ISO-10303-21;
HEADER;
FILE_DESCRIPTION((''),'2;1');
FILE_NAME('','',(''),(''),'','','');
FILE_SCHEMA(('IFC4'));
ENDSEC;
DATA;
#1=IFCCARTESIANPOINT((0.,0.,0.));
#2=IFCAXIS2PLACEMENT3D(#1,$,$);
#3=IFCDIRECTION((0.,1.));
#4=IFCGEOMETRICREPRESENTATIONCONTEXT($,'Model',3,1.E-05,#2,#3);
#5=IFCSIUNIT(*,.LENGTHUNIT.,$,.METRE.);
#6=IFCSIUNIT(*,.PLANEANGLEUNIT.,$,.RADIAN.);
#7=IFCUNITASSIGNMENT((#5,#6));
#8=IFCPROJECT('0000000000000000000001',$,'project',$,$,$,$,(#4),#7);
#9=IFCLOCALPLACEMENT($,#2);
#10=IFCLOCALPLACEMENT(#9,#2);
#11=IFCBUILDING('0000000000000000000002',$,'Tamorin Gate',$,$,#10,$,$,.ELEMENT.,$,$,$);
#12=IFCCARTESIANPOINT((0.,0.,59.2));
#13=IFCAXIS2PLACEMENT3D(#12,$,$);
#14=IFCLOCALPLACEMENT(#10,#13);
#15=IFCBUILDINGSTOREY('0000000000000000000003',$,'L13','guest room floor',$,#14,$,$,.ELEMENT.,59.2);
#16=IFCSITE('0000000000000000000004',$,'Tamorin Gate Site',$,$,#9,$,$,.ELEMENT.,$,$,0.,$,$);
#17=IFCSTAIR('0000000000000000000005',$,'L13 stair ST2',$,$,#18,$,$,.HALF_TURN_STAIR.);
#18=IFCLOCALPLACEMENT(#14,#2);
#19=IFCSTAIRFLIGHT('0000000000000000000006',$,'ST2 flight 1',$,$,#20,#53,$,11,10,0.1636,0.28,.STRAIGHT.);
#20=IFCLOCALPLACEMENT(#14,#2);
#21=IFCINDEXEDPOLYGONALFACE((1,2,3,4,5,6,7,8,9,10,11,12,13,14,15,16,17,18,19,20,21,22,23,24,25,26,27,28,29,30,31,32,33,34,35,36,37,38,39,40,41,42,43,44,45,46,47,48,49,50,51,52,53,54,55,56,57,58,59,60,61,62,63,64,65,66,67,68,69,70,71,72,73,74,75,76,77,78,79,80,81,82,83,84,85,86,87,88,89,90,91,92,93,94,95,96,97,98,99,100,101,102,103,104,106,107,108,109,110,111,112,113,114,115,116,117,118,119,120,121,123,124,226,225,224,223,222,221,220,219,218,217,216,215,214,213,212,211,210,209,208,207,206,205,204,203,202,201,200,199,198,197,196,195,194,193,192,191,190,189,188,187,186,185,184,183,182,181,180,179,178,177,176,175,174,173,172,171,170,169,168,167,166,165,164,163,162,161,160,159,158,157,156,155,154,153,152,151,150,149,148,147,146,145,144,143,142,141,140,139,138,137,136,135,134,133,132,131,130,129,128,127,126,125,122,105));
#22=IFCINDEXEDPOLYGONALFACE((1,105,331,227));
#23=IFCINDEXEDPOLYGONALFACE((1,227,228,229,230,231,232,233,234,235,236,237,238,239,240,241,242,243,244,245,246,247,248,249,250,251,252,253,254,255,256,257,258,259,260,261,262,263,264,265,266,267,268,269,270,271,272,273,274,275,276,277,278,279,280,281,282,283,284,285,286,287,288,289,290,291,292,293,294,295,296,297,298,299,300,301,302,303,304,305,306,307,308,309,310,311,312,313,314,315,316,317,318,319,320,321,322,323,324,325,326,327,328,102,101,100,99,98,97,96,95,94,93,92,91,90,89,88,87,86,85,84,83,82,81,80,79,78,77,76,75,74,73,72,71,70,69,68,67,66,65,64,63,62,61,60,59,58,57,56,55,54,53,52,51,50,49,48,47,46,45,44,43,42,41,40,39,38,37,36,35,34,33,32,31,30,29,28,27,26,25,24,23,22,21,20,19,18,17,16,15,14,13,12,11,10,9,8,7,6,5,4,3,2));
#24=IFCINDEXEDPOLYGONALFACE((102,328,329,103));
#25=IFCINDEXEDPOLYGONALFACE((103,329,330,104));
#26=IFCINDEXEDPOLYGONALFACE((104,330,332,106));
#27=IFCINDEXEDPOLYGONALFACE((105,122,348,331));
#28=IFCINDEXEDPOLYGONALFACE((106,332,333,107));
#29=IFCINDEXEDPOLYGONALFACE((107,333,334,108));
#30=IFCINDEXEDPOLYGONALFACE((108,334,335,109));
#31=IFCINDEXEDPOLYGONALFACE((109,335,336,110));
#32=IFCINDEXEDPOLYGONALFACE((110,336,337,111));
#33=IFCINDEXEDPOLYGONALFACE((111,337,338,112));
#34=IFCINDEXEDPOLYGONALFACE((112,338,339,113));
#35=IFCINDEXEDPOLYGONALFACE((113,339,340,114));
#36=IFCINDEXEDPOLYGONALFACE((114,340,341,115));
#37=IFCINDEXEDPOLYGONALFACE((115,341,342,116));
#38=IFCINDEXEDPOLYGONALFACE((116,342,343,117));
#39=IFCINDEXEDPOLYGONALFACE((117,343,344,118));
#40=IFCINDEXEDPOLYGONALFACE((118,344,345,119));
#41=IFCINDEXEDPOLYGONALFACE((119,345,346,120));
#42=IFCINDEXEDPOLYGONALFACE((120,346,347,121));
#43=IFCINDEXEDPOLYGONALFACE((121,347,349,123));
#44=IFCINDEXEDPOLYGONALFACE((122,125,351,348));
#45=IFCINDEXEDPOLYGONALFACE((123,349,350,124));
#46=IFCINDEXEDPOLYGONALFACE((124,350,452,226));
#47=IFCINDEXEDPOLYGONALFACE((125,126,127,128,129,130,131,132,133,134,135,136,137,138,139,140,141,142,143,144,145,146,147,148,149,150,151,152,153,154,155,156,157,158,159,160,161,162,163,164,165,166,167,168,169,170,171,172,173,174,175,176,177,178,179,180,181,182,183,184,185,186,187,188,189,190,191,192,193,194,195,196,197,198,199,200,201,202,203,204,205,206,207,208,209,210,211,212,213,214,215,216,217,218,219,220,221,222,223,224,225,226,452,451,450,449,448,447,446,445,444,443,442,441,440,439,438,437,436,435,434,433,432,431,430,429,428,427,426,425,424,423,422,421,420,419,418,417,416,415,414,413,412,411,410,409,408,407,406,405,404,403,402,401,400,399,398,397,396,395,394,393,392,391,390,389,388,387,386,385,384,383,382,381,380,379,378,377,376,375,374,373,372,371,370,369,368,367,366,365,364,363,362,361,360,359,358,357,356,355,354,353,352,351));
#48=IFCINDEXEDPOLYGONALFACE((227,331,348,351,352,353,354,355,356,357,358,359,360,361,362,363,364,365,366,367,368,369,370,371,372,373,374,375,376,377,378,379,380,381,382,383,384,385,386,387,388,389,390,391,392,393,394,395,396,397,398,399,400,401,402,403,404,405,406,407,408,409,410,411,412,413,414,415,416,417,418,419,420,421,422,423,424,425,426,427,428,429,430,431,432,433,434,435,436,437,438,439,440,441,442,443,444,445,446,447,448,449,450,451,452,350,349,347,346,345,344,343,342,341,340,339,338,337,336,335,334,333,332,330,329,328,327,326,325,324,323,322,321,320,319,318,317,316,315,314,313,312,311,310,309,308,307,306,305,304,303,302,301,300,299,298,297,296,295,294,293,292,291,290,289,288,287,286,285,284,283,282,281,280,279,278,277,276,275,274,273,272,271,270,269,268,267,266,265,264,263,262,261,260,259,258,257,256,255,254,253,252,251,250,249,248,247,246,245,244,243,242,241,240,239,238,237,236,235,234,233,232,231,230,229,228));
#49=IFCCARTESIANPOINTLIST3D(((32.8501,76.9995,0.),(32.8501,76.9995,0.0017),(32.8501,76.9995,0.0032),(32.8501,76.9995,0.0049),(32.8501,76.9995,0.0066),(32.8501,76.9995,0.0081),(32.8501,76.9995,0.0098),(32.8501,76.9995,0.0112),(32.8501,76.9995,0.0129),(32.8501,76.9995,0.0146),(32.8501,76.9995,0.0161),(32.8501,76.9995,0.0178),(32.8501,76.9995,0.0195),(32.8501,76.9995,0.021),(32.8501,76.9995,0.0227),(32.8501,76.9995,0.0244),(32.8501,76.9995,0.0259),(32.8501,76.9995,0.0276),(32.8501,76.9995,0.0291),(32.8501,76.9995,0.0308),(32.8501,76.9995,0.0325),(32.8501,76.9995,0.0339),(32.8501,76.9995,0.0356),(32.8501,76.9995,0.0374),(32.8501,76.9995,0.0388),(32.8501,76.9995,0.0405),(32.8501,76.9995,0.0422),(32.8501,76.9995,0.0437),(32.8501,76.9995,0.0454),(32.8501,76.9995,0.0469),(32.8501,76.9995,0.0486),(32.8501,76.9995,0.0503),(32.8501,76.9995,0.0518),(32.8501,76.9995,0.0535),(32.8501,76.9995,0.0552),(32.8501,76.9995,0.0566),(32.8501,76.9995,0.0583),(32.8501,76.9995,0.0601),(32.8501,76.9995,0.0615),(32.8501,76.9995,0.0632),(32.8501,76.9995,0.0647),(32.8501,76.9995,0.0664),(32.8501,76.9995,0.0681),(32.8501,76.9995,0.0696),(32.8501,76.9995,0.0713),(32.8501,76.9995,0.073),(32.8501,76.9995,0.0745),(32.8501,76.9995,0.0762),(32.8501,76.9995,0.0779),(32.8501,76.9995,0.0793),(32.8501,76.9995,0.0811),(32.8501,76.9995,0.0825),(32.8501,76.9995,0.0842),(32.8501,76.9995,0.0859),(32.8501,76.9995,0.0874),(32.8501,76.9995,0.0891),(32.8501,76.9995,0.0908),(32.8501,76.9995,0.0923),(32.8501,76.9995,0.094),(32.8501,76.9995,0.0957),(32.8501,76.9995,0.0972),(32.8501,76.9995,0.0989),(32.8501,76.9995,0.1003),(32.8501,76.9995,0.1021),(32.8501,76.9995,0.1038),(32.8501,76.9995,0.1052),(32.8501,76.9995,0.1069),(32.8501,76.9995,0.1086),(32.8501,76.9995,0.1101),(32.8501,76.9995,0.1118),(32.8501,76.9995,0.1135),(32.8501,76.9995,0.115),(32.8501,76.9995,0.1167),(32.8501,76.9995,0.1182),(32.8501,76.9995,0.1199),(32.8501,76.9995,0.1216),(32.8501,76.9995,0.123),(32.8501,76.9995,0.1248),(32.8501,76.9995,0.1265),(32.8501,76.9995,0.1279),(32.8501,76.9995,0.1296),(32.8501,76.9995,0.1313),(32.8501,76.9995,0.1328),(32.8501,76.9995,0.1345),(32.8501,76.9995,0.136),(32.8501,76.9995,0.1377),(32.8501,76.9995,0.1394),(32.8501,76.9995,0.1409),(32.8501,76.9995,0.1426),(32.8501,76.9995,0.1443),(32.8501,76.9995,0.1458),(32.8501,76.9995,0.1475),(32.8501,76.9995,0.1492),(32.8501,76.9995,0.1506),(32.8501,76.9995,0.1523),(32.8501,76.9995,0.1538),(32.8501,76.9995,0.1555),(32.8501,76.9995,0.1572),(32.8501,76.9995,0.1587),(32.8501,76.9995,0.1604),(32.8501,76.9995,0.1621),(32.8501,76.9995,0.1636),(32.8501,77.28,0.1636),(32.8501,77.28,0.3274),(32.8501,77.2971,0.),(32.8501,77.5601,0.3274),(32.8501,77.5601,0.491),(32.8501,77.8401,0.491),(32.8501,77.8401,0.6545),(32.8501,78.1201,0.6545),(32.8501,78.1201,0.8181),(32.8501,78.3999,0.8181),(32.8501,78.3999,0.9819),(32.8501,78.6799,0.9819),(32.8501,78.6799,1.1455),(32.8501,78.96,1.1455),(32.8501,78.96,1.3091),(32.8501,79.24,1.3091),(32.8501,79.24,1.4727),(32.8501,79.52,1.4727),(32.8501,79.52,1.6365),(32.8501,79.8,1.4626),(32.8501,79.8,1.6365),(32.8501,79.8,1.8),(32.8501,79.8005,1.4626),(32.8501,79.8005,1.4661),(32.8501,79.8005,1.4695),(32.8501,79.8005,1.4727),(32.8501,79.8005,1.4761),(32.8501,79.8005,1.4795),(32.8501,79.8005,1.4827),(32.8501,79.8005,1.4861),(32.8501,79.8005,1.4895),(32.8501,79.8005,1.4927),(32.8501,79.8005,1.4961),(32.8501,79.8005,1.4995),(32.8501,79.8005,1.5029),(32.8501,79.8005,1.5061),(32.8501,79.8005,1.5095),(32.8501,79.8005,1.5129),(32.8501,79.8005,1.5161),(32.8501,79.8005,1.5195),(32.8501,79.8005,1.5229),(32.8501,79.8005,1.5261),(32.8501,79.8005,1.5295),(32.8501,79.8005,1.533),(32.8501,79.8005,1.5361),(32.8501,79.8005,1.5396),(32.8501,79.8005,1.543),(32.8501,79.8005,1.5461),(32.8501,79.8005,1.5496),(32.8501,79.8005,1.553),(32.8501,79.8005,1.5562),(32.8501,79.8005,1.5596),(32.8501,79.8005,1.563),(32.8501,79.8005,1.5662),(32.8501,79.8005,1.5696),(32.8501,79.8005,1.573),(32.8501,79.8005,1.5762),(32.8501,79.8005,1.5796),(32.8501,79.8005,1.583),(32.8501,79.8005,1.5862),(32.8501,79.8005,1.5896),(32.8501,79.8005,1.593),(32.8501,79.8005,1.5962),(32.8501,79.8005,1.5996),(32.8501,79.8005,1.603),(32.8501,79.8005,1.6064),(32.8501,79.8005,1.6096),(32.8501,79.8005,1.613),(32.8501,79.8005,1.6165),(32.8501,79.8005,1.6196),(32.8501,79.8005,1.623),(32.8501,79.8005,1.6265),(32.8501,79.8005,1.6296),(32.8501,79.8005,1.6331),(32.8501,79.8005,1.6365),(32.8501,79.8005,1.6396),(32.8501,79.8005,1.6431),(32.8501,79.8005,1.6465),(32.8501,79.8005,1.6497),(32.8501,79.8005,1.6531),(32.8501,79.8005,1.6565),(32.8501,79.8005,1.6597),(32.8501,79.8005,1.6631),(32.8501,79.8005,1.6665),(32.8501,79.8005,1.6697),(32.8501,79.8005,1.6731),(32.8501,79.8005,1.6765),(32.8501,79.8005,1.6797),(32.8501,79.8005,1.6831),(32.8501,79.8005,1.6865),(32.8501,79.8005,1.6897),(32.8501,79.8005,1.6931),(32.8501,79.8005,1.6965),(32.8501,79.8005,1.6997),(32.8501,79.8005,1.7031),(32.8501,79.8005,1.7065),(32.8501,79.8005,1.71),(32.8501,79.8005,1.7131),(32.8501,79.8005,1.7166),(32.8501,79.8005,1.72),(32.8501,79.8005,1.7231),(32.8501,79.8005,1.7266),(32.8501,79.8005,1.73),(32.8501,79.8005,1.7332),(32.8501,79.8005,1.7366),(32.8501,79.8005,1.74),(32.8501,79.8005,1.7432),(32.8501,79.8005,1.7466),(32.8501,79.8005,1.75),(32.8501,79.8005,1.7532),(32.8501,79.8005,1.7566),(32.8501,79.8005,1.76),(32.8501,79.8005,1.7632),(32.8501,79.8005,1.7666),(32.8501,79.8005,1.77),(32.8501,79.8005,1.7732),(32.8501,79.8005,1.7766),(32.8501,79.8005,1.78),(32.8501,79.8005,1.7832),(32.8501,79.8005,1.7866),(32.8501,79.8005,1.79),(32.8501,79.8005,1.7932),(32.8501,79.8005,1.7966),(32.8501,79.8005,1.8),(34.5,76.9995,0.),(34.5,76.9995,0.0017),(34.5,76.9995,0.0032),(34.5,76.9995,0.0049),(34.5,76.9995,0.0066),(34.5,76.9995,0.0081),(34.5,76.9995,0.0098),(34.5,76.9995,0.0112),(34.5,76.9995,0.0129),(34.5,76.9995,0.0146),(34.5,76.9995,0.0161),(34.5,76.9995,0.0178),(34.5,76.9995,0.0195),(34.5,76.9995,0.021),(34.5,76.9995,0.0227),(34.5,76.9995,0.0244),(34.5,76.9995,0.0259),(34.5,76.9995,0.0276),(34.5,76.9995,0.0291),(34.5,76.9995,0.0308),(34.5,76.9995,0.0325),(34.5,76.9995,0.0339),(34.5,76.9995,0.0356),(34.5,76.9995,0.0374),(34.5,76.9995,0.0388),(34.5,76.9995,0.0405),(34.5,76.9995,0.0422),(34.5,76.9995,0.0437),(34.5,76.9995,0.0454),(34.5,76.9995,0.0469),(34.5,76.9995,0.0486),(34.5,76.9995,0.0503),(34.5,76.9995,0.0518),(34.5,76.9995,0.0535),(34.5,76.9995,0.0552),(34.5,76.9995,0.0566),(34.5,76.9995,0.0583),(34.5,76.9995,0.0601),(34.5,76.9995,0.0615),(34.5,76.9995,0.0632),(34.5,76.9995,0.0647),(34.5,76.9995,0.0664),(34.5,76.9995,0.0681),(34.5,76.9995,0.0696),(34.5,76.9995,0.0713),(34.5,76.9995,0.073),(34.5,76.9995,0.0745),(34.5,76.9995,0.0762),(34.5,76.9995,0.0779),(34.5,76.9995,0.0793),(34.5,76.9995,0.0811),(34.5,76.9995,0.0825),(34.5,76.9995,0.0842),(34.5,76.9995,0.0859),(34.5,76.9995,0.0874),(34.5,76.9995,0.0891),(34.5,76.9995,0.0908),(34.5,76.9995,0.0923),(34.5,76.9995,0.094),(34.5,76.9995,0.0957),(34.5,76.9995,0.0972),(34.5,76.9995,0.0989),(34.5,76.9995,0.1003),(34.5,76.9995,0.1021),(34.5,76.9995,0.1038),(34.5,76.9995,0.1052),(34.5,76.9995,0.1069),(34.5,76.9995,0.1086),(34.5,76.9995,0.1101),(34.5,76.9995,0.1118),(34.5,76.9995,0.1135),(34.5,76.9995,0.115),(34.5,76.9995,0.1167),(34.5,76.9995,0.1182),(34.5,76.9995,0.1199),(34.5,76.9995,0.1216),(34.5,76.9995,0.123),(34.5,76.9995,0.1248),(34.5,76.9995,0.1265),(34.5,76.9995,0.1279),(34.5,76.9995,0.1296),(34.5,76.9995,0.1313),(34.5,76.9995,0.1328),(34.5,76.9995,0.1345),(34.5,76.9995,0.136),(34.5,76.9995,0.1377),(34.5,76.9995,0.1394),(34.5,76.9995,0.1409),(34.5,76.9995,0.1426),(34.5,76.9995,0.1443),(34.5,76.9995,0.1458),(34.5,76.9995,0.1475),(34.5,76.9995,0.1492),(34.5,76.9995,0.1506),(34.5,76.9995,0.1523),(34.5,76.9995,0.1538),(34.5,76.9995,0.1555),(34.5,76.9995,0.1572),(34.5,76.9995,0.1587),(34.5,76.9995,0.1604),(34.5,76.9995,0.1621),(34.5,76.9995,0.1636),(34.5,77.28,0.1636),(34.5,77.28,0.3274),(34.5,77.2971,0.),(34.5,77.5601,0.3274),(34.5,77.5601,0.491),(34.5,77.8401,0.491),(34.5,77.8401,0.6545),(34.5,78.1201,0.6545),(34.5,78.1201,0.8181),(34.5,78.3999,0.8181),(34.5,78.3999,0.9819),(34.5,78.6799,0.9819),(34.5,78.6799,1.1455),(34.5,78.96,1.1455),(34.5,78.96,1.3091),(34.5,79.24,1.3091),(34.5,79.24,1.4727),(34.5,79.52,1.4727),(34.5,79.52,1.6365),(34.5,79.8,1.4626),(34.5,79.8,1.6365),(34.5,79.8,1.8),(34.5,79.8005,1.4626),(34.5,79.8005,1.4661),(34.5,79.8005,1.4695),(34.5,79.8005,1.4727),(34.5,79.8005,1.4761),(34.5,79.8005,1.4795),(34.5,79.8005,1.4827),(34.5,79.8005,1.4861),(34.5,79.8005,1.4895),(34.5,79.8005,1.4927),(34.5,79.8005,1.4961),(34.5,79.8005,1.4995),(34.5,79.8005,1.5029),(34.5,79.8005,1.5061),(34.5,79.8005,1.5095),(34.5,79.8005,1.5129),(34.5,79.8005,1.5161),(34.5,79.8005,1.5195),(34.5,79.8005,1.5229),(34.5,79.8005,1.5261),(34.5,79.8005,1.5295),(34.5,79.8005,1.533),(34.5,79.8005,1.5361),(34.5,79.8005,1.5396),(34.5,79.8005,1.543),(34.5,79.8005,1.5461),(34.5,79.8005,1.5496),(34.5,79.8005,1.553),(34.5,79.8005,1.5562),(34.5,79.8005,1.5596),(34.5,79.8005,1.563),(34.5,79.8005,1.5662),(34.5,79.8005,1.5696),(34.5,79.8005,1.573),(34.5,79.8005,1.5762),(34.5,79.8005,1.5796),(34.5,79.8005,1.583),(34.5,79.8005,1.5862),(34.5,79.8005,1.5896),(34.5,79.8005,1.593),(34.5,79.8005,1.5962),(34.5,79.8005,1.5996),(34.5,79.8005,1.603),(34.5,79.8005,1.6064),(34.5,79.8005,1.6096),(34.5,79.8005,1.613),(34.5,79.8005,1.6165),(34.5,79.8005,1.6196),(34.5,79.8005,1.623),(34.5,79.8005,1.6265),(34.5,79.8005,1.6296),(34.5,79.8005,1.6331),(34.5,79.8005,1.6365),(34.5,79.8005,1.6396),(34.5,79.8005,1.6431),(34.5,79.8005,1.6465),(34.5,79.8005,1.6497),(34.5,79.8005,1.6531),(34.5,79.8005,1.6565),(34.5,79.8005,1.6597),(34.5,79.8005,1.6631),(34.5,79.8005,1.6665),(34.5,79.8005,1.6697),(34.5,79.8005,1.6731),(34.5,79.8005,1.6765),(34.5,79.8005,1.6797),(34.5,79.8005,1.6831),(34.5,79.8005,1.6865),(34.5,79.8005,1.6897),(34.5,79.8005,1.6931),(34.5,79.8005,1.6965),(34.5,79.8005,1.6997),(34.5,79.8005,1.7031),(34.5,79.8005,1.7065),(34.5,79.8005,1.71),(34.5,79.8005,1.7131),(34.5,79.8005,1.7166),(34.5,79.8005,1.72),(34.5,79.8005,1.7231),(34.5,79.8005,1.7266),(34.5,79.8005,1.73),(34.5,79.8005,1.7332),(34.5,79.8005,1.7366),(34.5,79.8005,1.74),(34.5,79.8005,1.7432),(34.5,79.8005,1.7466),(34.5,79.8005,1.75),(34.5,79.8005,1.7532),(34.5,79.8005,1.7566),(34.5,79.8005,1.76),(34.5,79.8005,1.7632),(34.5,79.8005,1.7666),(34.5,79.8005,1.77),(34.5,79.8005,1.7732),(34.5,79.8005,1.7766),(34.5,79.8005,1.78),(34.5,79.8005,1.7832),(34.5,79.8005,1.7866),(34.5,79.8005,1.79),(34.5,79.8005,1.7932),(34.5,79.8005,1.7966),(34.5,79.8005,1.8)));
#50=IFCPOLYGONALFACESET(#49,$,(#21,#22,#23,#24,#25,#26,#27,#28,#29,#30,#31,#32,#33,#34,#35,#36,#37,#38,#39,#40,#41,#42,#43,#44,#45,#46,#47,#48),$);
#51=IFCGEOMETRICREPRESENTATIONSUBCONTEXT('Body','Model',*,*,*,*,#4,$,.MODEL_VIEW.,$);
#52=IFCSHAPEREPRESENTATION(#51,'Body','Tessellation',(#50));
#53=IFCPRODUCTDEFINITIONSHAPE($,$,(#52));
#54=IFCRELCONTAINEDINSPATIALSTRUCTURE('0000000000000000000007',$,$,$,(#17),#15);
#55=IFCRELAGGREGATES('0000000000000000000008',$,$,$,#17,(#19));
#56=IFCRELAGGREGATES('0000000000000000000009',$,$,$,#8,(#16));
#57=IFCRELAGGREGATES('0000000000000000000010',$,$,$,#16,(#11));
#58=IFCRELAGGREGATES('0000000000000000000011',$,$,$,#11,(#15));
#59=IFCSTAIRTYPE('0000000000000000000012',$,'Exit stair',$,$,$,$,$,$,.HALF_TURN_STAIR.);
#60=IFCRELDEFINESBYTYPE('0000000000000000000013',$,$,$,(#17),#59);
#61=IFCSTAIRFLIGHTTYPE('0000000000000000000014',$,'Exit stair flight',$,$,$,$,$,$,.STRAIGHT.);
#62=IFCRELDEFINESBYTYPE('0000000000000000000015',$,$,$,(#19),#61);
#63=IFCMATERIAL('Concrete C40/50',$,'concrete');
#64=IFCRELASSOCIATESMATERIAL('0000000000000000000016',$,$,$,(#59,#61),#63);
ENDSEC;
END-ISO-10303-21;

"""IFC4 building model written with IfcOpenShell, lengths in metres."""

from ifc_helpers import new_model, si_unit, direction, frame, origin, place, context, subcontext, project, spatial, polyline, outline, extrude, material, type_object, element, aggregate, save


model = new_model("IFC4")

# Units and contexts
model_context = context("Model", 3, precision=1e-05, world=origin(), true_north=direction((0.0, 1.0)))
body_context = subcontext(model_context, "Body", "Model", "MODEL_VIEW")
ifc_project = project(units=[si_unit("LENGTHUNIT", "METRE"), si_unit("PLANEANGLEUNIT", "RADIAN")], contexts=[model_context])

# Site, building, storey
site_placement = place(None, origin())
site = spatial("IfcSite", under=ifc_project, at=site_placement, Name="Tamorin Gate Site", CompositionType="ELEMENT", RefElevation=0.0)
building_placement = place(site_placement, origin())
building = spatial("IfcBuilding", under=site, at=building_placement, Name="Tamorin Gate", CompositionType="ELEMENT")
storey_placement = place(building_placement, frame((0.0, 0.0, 59.2)))
storey = spatial("IfcBuildingStorey", under=building, at=storey_placement, Name="L13", Description="guest room floor", CompositionType="ELEMENT", Elevation=59.2)

# Shared definitions
ifc_material_1 = material(Name="Concrete C40/50", Category="concrete")

# Stair, stair flight
stair_type = type_object("IfcStairType", Name="Exit stair", PredefinedType="HALF_TURN_STAIR", material=ifc_material_1)
stair_placement = place(storey_placement, origin())
stair = element("IfcStair", 1, at=stair_placement, inside=storey, type_object=stair_type, Name="L13 stair ST2", PredefinedType="HALF_TURN_STAIR")
stair_flight_type = type_object("IfcStairFlightType", Name="Exit stair flight", PredefinedType="STRAIGHT", material=ifc_material_1)
stair_flight_1_placement = place(storey_placement, frame((33.675, 77.0, 0.0), z_axis=(0.0, 0.0, 1.0), x_axis=(0.0, 1.0, 0.0)))
stair_flight_1 = element("IfcStairFlight", 2, at=stair_flight_1_placement, type_object=stair_flight_type, Name="ST2 flight 1", NumberOfRisers=11, NumberOfTreads=10, PredefinedType="STRAIGHT", RiserHeight=0.1636, TreadLength=0.28, context=body_context, shape_type="SweptSolid", body=[
    extrude(outline(polyline([(-0.0005, 0.0), (-0.0005, 0.0017), (-0.0005, 0.0032), (-0.0005, 0.0049), (-0.0005, 0.0066), (-0.0005, 0.0081), (-0.0005, 0.0098), (-0.0005, 0.0112), (-0.0005, 0.0129), (-0.0005, 0.0146), (-0.0005, 0.0161), (-0.0005, 0.0178), (-0.0005, 0.0195), (-0.0005, 0.021), (-0.0005, 0.0227), (-0.0005, 0.0244), (-0.0005, 0.0259), (-0.0005, 0.0276), (-0.0005, 0.0291), (-0.0005, 0.0308), (-0.0005, 0.0325), (-0.0005, 0.0339), (-0.0005, 0.0356), (-0.0005, 0.0374), (-0.0005, 0.0388), (-0.0005, 0.0405), (-0.0005, 0.0422), (-0.0005, 0.0437), (-0.0005, 0.0454), (-0.0005, 0.0469), (-0.0005, 0.0486), (-0.0005, 0.0503), (-0.0005, 0.0518), (-0.0005, 0.0535), (-0.0005, 0.0552), (-0.0005, 0.0566), (-0.0005, 0.0583), (-0.0005, 0.0601), (-0.0005, 0.0615), (-0.0005, 0.0632), (-0.0005, 0.0647), (-0.0005, 0.0664), (-0.0005, 0.0681), (-0.0005, 0.0696), (-0.0005, 0.0713), (-0.0005, 0.073), (-0.0005, 0.0745), (-0.0005, 0.0762), (-0.0005, 0.0779), (-0.0005, 0.0793), (-0.0005, 0.0811), (-0.0005, 0.0825), (-0.0005, 0.0842), (-0.0005, 0.0859), (-0.0005, 0.0874), (-0.0005, 0.0891), (-0.0005, 0.0908), (-0.0005, 0.0923), (-0.0005, 0.094), (-0.0005, 0.0957), (-0.0005, 0.0972), (-0.0005, 0.0989), (-0.0005, 0.1003), (-0.0005, 0.1021), (-0.0005, 0.1038), (-0.0005, 0.1052), (-0.0005, 0.1069), (-0.0005, 0.1086), (-0.0005, 0.1101), (-0.0005, 0.1118), (-0.0005, 0.1135), (-0.0005, 0.115), (-0.0005, 0.1167), (-0.0005, 0.1182), (-0.0005, 0.1199), (-0.0005, 0.1216), (-0.0005, 0.123), (-0.0005, 0.1248), (-0.0005, 0.1265), (-0.0005, 0.1279), (-0.0005, 0.1296), (-0.0005, 0.1313), (-0.0005, 0.1328), (-0.0005, 0.1345), (-0.0005, 0.136), (-0.0005, 0.1377), (-0.0005, 0.1394), (-0.0005, 0.1409), (-0.0005, 0.1426), (-0.0005, 0.1443), (-0.0005, 0.1458), (-0.0005, 0.1475), (-0.0005, 0.1492), (-0.0005, 0.1506), (-0.0005, 0.1523), (-0.0005, 0.1538), (-0.0005, 0.1555), (-0.0005, 0.1572), (-0.0005, 0.1587), (-0.0005, 0.1604), (-0.0005, 0.1621), (-0.0005, 0.1636), (0.28, 0.1636), (0.28, 0.3274), (0.5601, 0.3274), (0.5601, 0.491), (0.8401, 0.491), (0.8401, 0.6545), (1.1201, 0.6545), (1.1201, 0.8181), (1.3999, 0.8181), (1.3999, 0.9819), (1.6799, 0.9819), (1.6799, 1.1455), (1.96, 1.1455), (1.96, 1.3091), (2.24, 1.3091), (2.24, 1.4727), (2.52, 1.4727), (2.52, 1.6365), (2.8, 1.6365), (2.8, 1.8), (2.8005, 1.8), (2.8005, 1.7966), (2.8005, 1.7932), (2.8005, 1.79), (2.8005, 1.7866), (2.8005, 1.7832), (2.8005, 1.78), (2.8005, 1.7766), (2.8005, 1.7732), (2.8005, 1.77), (2.8005, 1.7666), (2.8005, 1.7632), (2.8005, 1.76), (2.8005, 1.7566), (2.8005, 1.7532), (2.8005, 1.75), (2.8005, 1.7466), (2.8005, 1.7432), (2.8005, 1.74), (2.8005, 1.7366), (2.8005, 1.7332), (2.8005, 1.73), (2.8005, 1.7266), (2.8005, 1.7231), (2.8005, 1.72), (2.8005, 1.7166), (2.8005, 1.7131), (2.8005, 1.71), (2.8005, 1.7065), (2.8005, 1.7031), (2.8005, 1.6997), (2.8005, 1.6965), (2.8005, 1.6931), (2.8005, 1.6897), (2.8005, 1.6865), (2.8005, 1.6831), (2.8005, 1.6797), (2.8005, 1.6765), (2.8005, 1.6731), (2.8005, 1.6697), (2.8005, 1.6665), (2.8005, 1.6631), (2.8005, 1.6597), (2.8005, 1.6565), (2.8005, 1.6531), (2.8005, 1.6497), (2.8005, 1.6465), (2.8005, 1.6431), (2.8005, 1.6396), (2.8005, 1.6365), (2.8005, 1.6331), (2.8005, 1.6296), (2.8005, 1.6265), (2.8005, 1.623), (2.8005, 1.6196), (2.8005, 1.6165), (2.8005, 1.613), (2.8005, 1.6096), (2.8005, 1.6064), (2.8005, 1.603), (2.8005, 1.5996), (2.8005, 1.5962), (2.8005, 1.593), (2.8005, 1.5896), (2.8005, 1.5862), (2.8005, 1.583), (2.8005, 1.5796), (2.8005, 1.5762), (2.8005, 1.573), (2.8005, 1.5696), (2.8005, 1.5662), (2.8005, 1.563), (2.8005, 1.5596), (2.8005, 1.5562), (2.8005, 1.553), (2.8005, 1.5496), (2.8005, 1.5461), (2.8005, 1.543), (2.8005, 1.5396), (2.8005, 1.5361), (2.8005, 1.533), (2.8005, 1.5295), (2.8005, 1.5261), (2.8005, 1.5229), (2.8005, 1.5195), (2.8005, 1.5161), (2.8005, 1.5129), (2.8005, 1.5095), (2.8005, 1.5061), (2.8005, 1.5029), (2.8005, 1.4995), (2.8005, 1.4961), (2.8005, 1.4927), (2.8005, 1.4895), (2.8005, 1.4861), (2.8005, 1.4827), (2.8005, 1.4795), (2.8005, 1.4761), (2.8005, 1.4727), (2.8005, 1.4695), (2.8005, 1.4661), (2.8005, 1.4626), (2.8, 1.4626), (0.2971, 0.0), (-0.0005, 0.0)])), frame((0.0, 0.825, 0.0), z_axis=(0.0, -1.0, 0.0), x_axis=(1.0, 0.0, 0.0)), (0.0, 0.0, 1.0), 1.6499),
])
aggregate(stair, [stair_flight_1])

save(model, "model.ifc")
